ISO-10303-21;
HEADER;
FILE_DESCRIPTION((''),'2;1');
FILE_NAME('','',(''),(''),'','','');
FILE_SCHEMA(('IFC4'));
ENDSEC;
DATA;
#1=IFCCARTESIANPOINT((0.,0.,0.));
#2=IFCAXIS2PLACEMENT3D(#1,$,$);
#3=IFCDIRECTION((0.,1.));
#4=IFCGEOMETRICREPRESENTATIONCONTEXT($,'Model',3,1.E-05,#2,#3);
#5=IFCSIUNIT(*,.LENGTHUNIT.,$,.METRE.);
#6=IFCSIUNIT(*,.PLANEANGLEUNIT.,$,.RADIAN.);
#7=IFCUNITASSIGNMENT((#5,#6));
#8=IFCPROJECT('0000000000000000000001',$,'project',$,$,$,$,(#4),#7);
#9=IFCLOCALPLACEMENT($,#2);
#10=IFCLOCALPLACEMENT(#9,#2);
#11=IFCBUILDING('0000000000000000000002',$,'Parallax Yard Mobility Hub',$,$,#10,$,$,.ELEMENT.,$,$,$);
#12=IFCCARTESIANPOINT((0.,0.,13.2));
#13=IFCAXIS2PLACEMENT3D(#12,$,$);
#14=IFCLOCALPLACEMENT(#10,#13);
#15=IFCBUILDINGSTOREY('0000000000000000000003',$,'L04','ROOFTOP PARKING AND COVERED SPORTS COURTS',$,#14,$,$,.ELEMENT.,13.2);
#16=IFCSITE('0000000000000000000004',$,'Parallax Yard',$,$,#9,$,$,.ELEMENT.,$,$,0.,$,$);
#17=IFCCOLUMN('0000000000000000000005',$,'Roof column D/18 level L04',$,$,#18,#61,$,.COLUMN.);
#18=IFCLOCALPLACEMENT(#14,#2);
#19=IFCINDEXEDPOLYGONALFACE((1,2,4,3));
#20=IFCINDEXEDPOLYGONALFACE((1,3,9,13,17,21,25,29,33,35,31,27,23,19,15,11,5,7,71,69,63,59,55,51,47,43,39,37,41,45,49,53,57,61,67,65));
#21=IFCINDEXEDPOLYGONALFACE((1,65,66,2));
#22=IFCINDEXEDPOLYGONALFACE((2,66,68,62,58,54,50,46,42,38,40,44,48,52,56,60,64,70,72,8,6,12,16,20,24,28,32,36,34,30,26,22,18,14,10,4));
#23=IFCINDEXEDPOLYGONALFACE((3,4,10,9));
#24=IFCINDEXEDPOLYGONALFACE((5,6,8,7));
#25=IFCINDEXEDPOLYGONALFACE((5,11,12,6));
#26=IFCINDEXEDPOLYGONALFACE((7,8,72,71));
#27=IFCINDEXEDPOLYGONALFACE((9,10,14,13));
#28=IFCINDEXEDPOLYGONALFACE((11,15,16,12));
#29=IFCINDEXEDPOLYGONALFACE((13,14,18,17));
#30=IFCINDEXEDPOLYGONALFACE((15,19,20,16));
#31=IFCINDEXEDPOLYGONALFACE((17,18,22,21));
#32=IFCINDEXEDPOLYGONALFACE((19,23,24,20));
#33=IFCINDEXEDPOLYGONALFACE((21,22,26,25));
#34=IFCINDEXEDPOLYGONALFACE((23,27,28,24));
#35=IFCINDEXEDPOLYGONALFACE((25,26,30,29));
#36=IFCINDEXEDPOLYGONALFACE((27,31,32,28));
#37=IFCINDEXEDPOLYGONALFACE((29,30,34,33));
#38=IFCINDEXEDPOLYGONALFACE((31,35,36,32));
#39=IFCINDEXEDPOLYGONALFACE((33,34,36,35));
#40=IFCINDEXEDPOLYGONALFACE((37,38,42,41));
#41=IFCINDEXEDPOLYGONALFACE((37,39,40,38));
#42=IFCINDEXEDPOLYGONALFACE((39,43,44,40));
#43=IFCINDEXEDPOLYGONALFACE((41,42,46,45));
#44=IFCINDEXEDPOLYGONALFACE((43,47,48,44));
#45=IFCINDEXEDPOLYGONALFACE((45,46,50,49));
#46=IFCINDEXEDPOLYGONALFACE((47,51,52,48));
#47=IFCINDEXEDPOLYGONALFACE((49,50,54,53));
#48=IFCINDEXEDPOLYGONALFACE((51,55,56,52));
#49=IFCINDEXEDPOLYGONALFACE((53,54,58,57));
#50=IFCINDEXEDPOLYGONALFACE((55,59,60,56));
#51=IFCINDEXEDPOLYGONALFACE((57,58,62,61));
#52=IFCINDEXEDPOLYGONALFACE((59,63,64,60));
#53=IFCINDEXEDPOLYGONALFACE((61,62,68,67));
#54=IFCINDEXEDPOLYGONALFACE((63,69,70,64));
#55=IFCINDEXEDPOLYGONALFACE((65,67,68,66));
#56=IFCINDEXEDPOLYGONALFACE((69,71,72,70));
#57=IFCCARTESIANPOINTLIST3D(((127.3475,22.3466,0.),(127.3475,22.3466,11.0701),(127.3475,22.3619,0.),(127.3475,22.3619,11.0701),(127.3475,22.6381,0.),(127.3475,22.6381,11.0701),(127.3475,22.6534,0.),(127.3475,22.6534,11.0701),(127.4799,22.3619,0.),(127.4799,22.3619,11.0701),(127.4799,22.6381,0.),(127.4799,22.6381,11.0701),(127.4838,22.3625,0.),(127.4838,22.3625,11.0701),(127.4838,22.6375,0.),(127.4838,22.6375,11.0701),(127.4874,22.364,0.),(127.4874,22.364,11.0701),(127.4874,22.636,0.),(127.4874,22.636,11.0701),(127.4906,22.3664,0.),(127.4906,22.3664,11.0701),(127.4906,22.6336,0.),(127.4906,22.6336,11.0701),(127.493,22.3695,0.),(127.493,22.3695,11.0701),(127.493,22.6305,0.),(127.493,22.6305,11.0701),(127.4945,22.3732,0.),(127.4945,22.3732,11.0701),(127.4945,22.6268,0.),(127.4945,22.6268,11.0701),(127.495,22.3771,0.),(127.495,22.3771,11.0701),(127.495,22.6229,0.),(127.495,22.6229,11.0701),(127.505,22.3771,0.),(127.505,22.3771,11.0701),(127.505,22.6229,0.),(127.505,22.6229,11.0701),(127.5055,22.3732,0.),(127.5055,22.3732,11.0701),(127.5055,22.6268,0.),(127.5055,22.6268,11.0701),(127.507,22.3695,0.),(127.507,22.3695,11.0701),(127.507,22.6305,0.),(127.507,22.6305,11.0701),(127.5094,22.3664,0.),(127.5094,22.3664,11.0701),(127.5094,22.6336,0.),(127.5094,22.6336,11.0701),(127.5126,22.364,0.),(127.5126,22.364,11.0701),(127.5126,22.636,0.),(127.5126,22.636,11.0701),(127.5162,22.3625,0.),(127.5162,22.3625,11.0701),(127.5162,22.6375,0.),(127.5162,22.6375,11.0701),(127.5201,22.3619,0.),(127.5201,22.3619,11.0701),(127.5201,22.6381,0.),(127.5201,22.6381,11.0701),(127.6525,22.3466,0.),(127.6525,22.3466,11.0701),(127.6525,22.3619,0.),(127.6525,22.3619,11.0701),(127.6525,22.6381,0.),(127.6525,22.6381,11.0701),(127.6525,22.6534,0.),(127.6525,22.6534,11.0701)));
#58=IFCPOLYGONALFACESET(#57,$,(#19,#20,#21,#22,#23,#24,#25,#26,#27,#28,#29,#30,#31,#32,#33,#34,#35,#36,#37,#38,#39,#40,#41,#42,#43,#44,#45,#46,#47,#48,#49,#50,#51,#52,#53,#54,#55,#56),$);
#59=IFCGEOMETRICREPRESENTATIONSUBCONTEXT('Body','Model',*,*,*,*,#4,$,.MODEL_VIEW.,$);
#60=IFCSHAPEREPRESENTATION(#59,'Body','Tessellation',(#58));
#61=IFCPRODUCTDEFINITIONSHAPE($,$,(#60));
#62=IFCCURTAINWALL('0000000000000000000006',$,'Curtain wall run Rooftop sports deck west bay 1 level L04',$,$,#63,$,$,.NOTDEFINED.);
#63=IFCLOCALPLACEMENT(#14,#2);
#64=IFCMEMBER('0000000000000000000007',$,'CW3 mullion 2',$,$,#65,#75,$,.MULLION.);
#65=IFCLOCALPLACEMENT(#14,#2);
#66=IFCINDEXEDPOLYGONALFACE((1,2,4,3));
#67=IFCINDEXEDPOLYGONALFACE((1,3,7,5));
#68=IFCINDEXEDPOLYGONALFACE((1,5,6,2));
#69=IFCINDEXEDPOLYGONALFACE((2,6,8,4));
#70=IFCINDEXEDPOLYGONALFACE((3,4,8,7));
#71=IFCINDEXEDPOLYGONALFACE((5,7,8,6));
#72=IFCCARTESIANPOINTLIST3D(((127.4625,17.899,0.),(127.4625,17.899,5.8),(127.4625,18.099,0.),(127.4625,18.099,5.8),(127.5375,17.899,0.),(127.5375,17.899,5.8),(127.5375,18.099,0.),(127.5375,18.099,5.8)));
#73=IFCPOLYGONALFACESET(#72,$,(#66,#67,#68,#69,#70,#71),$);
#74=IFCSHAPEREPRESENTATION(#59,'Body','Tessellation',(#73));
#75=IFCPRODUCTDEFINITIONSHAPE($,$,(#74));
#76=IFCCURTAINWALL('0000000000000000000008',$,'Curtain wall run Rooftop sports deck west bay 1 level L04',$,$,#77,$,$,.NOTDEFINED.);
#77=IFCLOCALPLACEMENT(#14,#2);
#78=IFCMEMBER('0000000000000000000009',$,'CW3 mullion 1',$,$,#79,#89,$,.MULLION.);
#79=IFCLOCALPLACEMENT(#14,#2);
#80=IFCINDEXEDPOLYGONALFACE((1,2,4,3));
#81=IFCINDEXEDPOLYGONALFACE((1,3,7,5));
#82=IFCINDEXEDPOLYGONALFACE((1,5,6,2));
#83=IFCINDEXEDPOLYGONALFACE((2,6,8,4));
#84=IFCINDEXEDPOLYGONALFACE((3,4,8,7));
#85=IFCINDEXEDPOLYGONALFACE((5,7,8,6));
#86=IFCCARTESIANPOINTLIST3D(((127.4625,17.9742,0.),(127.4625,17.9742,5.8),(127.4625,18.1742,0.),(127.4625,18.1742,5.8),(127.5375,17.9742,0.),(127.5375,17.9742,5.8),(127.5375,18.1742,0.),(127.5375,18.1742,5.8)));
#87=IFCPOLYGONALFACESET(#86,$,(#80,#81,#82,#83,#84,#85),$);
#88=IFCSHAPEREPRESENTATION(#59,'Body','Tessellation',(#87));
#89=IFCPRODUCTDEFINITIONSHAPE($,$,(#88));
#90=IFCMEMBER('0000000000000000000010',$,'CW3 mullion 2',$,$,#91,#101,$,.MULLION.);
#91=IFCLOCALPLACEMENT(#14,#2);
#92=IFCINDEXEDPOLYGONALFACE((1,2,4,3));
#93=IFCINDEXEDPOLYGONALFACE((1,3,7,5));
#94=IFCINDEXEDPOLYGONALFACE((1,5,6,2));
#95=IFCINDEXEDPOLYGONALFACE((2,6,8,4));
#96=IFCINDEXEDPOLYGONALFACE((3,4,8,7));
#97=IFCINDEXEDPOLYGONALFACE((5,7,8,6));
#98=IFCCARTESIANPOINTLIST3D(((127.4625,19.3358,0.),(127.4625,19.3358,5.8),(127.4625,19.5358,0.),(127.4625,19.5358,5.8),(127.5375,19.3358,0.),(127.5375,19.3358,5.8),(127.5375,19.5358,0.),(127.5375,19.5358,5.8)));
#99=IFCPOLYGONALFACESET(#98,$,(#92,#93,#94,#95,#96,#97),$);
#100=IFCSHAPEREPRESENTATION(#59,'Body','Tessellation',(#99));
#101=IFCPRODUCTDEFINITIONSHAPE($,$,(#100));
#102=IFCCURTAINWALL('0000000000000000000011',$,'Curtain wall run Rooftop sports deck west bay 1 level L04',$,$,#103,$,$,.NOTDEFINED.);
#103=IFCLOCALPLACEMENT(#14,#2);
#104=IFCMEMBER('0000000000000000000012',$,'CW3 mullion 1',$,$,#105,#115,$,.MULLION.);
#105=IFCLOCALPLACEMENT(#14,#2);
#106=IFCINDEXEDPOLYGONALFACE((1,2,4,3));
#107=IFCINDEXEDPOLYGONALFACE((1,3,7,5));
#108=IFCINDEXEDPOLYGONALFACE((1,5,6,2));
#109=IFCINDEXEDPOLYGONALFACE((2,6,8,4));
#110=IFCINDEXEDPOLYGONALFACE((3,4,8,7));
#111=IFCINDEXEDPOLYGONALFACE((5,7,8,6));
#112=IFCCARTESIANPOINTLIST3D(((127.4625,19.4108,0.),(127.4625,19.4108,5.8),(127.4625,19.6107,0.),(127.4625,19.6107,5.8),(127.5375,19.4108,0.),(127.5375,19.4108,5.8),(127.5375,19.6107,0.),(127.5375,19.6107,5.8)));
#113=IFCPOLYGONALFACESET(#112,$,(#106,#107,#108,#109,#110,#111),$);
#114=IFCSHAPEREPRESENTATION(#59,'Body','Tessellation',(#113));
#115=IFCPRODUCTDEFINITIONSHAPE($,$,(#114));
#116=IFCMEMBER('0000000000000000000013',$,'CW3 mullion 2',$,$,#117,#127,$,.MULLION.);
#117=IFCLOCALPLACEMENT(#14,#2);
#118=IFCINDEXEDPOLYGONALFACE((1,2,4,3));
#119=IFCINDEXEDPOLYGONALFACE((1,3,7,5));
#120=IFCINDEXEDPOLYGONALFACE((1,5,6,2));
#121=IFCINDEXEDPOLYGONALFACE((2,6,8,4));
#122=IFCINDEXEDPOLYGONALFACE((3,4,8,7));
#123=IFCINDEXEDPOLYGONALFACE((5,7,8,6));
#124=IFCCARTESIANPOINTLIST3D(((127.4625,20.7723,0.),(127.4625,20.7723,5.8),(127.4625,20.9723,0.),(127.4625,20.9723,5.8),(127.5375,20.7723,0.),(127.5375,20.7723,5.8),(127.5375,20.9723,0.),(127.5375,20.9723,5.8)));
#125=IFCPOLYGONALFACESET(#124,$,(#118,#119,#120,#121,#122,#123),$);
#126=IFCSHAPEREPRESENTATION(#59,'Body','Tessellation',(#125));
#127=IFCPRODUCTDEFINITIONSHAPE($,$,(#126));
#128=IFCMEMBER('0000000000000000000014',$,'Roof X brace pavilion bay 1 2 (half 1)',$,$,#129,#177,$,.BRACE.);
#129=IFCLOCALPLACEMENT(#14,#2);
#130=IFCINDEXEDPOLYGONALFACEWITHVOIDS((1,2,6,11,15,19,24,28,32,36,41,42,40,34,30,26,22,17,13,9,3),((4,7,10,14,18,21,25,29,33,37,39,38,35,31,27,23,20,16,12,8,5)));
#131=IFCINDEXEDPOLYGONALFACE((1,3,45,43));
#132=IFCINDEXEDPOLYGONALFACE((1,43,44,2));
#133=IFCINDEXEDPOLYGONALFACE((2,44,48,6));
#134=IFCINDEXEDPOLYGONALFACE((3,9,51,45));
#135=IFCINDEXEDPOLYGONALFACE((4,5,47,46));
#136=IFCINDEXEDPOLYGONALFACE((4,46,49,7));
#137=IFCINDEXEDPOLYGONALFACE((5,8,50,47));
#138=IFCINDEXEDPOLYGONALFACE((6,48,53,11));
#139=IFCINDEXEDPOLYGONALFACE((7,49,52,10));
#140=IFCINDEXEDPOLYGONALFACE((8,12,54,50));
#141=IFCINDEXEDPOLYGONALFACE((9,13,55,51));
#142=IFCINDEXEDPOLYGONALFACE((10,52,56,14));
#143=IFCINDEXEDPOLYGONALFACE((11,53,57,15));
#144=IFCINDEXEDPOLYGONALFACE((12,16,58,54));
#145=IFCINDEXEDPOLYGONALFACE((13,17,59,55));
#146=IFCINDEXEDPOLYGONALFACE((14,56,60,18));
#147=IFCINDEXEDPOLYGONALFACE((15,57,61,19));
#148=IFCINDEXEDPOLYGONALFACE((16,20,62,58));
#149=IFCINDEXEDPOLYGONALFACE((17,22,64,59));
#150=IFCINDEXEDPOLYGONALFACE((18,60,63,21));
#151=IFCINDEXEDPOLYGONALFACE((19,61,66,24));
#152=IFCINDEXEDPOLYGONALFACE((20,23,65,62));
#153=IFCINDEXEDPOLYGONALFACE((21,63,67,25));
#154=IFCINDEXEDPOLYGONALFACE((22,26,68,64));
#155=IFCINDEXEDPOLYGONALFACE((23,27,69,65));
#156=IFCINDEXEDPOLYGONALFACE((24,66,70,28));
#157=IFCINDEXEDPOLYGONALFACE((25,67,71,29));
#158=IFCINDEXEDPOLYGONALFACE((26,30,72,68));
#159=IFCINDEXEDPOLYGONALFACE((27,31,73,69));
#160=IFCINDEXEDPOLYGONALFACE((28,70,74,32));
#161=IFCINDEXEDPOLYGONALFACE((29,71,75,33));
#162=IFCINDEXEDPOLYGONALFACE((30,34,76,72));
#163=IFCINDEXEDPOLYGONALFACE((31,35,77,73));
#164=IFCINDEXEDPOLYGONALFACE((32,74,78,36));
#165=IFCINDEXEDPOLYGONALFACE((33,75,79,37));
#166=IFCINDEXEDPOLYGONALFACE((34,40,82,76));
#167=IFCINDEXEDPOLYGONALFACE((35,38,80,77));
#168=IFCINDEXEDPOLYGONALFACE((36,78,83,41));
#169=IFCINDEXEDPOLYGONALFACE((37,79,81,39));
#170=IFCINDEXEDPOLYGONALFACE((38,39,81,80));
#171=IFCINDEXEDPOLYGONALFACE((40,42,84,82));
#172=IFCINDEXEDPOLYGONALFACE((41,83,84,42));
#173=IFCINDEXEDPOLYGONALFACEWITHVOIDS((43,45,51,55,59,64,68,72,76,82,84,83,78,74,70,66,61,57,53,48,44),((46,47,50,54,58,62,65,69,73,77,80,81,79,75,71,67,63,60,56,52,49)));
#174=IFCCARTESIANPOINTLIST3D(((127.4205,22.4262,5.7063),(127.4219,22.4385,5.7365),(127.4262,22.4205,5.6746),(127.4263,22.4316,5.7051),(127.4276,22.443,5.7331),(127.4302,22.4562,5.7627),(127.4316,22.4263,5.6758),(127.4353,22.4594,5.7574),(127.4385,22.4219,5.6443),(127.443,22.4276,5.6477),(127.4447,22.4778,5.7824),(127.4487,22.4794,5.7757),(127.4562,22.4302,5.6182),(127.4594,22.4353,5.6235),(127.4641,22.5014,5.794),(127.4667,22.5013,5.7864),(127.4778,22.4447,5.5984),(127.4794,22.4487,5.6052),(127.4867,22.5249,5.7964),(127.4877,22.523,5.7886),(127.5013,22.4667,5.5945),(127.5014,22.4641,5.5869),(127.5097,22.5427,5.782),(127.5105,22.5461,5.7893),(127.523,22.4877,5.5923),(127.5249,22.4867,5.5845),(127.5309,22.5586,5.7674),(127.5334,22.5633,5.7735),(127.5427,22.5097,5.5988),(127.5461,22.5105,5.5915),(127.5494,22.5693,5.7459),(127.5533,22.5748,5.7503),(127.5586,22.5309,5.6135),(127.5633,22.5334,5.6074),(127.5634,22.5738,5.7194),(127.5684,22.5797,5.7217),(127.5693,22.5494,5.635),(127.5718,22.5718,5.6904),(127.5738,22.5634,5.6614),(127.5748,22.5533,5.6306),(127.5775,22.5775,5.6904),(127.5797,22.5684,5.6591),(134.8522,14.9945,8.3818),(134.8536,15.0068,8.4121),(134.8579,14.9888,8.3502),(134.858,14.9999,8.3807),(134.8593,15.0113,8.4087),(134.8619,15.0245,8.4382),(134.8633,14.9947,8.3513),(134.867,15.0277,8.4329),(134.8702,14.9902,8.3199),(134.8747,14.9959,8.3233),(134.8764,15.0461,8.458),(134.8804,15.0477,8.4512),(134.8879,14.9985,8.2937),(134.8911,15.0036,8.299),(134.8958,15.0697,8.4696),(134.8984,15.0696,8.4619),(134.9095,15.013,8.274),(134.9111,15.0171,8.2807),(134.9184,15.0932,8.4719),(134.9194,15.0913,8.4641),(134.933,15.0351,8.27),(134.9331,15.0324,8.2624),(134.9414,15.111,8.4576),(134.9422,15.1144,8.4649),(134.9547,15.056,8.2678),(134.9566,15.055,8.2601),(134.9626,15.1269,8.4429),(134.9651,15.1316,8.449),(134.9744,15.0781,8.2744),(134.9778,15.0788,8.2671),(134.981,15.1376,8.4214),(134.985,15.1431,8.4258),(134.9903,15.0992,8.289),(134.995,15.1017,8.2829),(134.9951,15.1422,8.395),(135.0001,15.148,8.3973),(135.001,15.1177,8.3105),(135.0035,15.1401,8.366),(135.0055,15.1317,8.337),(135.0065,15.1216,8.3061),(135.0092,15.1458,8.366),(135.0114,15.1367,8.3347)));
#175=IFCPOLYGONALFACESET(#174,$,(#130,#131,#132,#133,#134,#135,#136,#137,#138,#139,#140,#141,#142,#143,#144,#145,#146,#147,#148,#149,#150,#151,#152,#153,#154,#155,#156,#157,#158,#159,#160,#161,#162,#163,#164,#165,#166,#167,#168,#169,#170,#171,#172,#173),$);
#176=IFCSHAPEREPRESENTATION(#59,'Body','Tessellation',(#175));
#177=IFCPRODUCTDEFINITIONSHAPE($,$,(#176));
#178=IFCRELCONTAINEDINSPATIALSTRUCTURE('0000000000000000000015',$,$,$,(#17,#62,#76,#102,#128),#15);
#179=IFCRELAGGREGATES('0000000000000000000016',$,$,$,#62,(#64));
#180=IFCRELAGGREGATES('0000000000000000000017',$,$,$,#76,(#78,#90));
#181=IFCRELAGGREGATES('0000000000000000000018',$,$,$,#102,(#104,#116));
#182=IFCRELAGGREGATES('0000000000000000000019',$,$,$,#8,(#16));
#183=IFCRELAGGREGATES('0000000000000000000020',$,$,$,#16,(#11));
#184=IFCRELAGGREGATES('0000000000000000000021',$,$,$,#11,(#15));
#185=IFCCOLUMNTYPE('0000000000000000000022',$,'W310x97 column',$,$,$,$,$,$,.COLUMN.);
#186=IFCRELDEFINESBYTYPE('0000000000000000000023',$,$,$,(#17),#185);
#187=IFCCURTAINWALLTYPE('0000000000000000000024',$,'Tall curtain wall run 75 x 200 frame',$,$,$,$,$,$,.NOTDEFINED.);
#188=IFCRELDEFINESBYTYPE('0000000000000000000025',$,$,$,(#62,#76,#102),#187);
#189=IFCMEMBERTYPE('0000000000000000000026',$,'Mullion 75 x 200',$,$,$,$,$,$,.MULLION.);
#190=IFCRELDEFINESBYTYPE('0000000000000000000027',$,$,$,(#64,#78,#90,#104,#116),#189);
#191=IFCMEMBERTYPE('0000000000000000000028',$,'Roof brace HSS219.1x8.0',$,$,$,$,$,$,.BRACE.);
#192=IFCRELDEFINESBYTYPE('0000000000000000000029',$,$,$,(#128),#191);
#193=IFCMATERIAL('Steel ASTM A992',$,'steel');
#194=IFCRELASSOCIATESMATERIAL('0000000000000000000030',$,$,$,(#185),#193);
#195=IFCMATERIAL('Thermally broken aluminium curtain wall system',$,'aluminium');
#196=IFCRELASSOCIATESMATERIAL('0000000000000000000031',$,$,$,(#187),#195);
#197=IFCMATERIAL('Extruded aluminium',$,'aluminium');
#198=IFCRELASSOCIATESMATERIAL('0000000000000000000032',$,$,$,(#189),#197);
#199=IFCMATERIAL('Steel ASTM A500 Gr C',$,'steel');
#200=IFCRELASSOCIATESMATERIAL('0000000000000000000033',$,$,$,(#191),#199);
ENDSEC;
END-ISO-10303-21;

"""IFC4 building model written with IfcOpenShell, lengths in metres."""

from ifc_helpers import new_model, si_unit, direction, frame, origin, origin_2d, place, context, subcontext, project, spatial, rectangle, hollow_circle, i_section, extrude, material, material_profile, profile_set, type_object, element, aggregate, save


model = new_model("IFC4")

# Units and contexts
model_context = context("Model", 3, precision=1e-05, world=origin(), true_north=direction((0.0, 1.0)))
body_context = subcontext(model_context, "Body", "Model", "MODEL_VIEW")
ifc_project = project(units=[si_unit("LENGTHUNIT", "METRE"), si_unit("PLANEANGLEUNIT", "RADIAN")], contexts=[model_context])

# Site, building, storey
site_placement = place(None, origin())
site = spatial("IfcSite", under=ifc_project, at=site_placement, Name="Parallax Yard", CompositionType="ELEMENT", RefElevation=0.0)
building_placement = place(site_placement, origin())
building = spatial("IfcBuilding", under=site, at=building_placement, Name="Parallax Yard Mobility Hub", CompositionType="ELEMENT")
storey_placement = place(building_placement, frame((0.0, 0.0, 13.2)))
storey = spatial("IfcBuildingStorey", under=building, at=storey_placement, Name="L04", Description="ROOFTOP PARKING AND COVERED SPORTS COURTS", CompositionType="ELEMENT", Elevation=13.2)

# Column
ifc_material_1 = material(Name="Steel ASTM A992", Category="steel")
ifc_material_profile_1 = material_profile(ifc_material_1, i_section(OverallWidth=0.3049, OverallDepth=0.3069, WebThickness=0.01, FlangeThickness=0.0154, FilletRadius=0.0151, at=origin_2d()), Name="W310x97")
ifc_profile_set_1 = profile_set([ifc_material_profile_1], Name="Steel ASTM A992")
column_type = type_object("IfcColumnType", Name="W310x97 column", PredefinedType="COLUMN", material=ifc_profile_set_1)
column_placement = place(storey_placement, frame((127.5, 22.5, 0.0), z_axis=(0.0, 0.0, 1.0), x_axis=(1.0, 0.0, 0.0)))
element("IfcColumn", 1, at=column_placement, inside=storey, type_object=column_type, Name="Roof column D/18 level L04", PredefinedType="COLUMN", context=body_context, shape_type="SweptSolid", body=[
    extrude(i_section(OverallWidth=0.3049, OverallDepth=0.3069, WebThickness=0.01, FlangeThickness=0.0154, FilletRadius=0.0151, at=origin_2d()), origin(), (0.0, 0.0, 1.0), 11.0701),
])

# Curtain wall, member
ifc_material_2 = material(Name="Thermally broken aluminium curtain wall system", Category="aluminium")
curtain_wall_type = type_object("IfcCurtainWallType", Name="Tall curtain wall run 75 x 200 frame", PredefinedType="NOTDEFINED", material=ifc_material_2)
curtain_wall_1_placement = place(storey_placement, origin())
curtain_wall_1 = element("IfcCurtainWall", 2, at=curtain_wall_1_placement, inside=storey, type_object=curtain_wall_type, Name="Curtain wall run Rooftop sports deck west bay 1 level L04", PredefinedType="NOTDEFINED")
ifc_material_3 = material(Name="Extruded aluminium", Category="aluminium")
ifc_material_profile_2 = material_profile(ifc_material_3, rectangle(XDim=0.075, YDim=0.2, at=origin_2d()), Name="Mullion 75 x 200")
ifc_profile_set_2 = profile_set([ifc_material_profile_2], Name="Extruded aluminium")
member_type_1 = type_object("IfcMemberType", Name="Mullion 75 x 200", PredefinedType="MULLION", material=ifc_profile_set_2)
member_1_placement = place(storey_placement, frame((127.5, 17.999, 0.0), z_axis=(0.0, 0.0, 1.0), x_axis=(-1.0, 0.0, 0.0)))
member_1 = element("IfcMember", 3, at=member_1_placement, type_object=member_type_1, Name="CW3 mullion 2", PredefinedType="MULLION", context=body_context, shape_type="SweptSolid", body=[
    extrude(rectangle(XDim=0.075, YDim=0.2, at=origin_2d()), origin(), (0.0, 0.0, 1.0), 5.8),
])

# Curtain walls, members
curtain_wall_2_placement = place(storey_placement, origin())
curtain_wall_2 = element("IfcCurtainWall", 4, at=curtain_wall_2_placement, inside=storey, type_object=curtain_wall_type, Name="Curtain wall run Rooftop sports deck west bay 1 level L04", PredefinedType="NOTDEFINED")
member_2_placement = place(storey_placement, frame((127.5, 18.0742, 0.0), z_axis=(0.0, 0.0, 1.0), x_axis=(-1.0, 0.0, 0.0)))
member_2 = element("IfcMember", 5, at=member_2_placement, type_object=member_type_1, Name="CW3 mullion 1", PredefinedType="MULLION", context=body_context, shape_type="SweptSolid", body=[
    extrude(rectangle(XDim=0.075, YDim=0.2, at=origin_2d()), origin(), (0.0, 0.0, 1.0), 5.8),
])
member_3_placement = place(storey_placement, frame((127.5, 19.4358, 0.0), z_axis=(0.0, 0.0, 1.0), x_axis=(-1.0, 0.0, 0.0)))
member_3 = element("IfcMember", 6, at=member_3_placement, type_object=member_type_1, Name="CW3 mullion 2", PredefinedType="MULLION", context=body_context, shape_type="SweptSolid", body=[
    extrude(rectangle(XDim=0.075, YDim=0.2, at=origin_2d()), origin(), (0.0, 0.0, 1.0), 5.8),
])
curtain_wall_3_placement = place(storey_placement, origin())
curtain_wall_3 = element("IfcCurtainWall", 7, at=curtain_wall_3_placement, inside=storey, type_object=curtain_wall_type, Name="Curtain wall run Rooftop sports deck west bay 1 level L04", PredefinedType="NOTDEFINED")
member_4_placement = place(storey_placement, frame((127.5, 19.5107, 0.0), z_axis=(0.0, 0.0, 1.0), x_axis=(-1.0, 0.0, 0.0)))
member_4 = element("IfcMember", 8, at=member_4_placement, type_object=member_type_1, Name="CW3 mullion 1", PredefinedType="MULLION", context=body_context, shape_type="SweptSolid", body=[
    extrude(rectangle(XDim=0.075, YDim=0.2, at=origin_2d()), origin(), (0.0, 0.0, 1.0), 5.8),
])
member_5_placement = place(storey_placement, frame((127.5, 20.8723, 0.0), z_axis=(0.0, 0.0, 1.0), x_axis=(-1.0, 0.0, 0.0)))
member_5 = element("IfcMember", 9, at=member_5_placement, type_object=member_type_1, Name="CW3 mullion 2", PredefinedType="MULLION", context=body_context, shape_type="SweptSolid", body=[
    extrude(rectangle(XDim=0.075, YDim=0.2, at=origin_2d()), origin(), (0.0, 0.0, 1.0), 5.8),
])

# Member
ifc_material_4 = material(Name="Steel ASTM A500 Gr C", Category="steel")
ifc_material_profile_3 = material_profile(ifc_material_4, hollow_circle(Radius=0.1096, WallThickness=0.0081, at=origin_2d()), Name="HSS219.1x8.0")
ifc_profile_set_3 = profile_set([ifc_material_profile_3], Name="Steel ASTM A500 Gr C")
member_type_2 = type_object("IfcMemberType", Name="Roof brace HSS219.1x8.0", PredefinedType="BRACE", material=ifc_profile_set_3)
member_6_placement = place(storey_placement, frame((127.5, 22.5, 5.6904), z_axis=(0.685251, -0.685251, 0.246704), x_axis=(0.707107, 0.707107, 0.0)))
element("IfcMember", 10, at=member_6_placement, inside=storey, type_object=member_type_2, Name="Roof X brace pavilion bay 1 2 (half 1)", PredefinedType="BRACE", context=body_context, shape_type="SweptSolid", body=[
    extrude(hollow_circle(Radius=0.1096, WallThickness=0.0081, at=origin_2d()), origin(), (0.0, 0.0, 1.0), 10.8452),
])

aggregate(curtain_wall_1, [member_1])
aggregate(curtain_wall_2, [member_2, member_3])
aggregate(curtain_wall_3, [member_4, member_5])

save(model, "model.ifc")
